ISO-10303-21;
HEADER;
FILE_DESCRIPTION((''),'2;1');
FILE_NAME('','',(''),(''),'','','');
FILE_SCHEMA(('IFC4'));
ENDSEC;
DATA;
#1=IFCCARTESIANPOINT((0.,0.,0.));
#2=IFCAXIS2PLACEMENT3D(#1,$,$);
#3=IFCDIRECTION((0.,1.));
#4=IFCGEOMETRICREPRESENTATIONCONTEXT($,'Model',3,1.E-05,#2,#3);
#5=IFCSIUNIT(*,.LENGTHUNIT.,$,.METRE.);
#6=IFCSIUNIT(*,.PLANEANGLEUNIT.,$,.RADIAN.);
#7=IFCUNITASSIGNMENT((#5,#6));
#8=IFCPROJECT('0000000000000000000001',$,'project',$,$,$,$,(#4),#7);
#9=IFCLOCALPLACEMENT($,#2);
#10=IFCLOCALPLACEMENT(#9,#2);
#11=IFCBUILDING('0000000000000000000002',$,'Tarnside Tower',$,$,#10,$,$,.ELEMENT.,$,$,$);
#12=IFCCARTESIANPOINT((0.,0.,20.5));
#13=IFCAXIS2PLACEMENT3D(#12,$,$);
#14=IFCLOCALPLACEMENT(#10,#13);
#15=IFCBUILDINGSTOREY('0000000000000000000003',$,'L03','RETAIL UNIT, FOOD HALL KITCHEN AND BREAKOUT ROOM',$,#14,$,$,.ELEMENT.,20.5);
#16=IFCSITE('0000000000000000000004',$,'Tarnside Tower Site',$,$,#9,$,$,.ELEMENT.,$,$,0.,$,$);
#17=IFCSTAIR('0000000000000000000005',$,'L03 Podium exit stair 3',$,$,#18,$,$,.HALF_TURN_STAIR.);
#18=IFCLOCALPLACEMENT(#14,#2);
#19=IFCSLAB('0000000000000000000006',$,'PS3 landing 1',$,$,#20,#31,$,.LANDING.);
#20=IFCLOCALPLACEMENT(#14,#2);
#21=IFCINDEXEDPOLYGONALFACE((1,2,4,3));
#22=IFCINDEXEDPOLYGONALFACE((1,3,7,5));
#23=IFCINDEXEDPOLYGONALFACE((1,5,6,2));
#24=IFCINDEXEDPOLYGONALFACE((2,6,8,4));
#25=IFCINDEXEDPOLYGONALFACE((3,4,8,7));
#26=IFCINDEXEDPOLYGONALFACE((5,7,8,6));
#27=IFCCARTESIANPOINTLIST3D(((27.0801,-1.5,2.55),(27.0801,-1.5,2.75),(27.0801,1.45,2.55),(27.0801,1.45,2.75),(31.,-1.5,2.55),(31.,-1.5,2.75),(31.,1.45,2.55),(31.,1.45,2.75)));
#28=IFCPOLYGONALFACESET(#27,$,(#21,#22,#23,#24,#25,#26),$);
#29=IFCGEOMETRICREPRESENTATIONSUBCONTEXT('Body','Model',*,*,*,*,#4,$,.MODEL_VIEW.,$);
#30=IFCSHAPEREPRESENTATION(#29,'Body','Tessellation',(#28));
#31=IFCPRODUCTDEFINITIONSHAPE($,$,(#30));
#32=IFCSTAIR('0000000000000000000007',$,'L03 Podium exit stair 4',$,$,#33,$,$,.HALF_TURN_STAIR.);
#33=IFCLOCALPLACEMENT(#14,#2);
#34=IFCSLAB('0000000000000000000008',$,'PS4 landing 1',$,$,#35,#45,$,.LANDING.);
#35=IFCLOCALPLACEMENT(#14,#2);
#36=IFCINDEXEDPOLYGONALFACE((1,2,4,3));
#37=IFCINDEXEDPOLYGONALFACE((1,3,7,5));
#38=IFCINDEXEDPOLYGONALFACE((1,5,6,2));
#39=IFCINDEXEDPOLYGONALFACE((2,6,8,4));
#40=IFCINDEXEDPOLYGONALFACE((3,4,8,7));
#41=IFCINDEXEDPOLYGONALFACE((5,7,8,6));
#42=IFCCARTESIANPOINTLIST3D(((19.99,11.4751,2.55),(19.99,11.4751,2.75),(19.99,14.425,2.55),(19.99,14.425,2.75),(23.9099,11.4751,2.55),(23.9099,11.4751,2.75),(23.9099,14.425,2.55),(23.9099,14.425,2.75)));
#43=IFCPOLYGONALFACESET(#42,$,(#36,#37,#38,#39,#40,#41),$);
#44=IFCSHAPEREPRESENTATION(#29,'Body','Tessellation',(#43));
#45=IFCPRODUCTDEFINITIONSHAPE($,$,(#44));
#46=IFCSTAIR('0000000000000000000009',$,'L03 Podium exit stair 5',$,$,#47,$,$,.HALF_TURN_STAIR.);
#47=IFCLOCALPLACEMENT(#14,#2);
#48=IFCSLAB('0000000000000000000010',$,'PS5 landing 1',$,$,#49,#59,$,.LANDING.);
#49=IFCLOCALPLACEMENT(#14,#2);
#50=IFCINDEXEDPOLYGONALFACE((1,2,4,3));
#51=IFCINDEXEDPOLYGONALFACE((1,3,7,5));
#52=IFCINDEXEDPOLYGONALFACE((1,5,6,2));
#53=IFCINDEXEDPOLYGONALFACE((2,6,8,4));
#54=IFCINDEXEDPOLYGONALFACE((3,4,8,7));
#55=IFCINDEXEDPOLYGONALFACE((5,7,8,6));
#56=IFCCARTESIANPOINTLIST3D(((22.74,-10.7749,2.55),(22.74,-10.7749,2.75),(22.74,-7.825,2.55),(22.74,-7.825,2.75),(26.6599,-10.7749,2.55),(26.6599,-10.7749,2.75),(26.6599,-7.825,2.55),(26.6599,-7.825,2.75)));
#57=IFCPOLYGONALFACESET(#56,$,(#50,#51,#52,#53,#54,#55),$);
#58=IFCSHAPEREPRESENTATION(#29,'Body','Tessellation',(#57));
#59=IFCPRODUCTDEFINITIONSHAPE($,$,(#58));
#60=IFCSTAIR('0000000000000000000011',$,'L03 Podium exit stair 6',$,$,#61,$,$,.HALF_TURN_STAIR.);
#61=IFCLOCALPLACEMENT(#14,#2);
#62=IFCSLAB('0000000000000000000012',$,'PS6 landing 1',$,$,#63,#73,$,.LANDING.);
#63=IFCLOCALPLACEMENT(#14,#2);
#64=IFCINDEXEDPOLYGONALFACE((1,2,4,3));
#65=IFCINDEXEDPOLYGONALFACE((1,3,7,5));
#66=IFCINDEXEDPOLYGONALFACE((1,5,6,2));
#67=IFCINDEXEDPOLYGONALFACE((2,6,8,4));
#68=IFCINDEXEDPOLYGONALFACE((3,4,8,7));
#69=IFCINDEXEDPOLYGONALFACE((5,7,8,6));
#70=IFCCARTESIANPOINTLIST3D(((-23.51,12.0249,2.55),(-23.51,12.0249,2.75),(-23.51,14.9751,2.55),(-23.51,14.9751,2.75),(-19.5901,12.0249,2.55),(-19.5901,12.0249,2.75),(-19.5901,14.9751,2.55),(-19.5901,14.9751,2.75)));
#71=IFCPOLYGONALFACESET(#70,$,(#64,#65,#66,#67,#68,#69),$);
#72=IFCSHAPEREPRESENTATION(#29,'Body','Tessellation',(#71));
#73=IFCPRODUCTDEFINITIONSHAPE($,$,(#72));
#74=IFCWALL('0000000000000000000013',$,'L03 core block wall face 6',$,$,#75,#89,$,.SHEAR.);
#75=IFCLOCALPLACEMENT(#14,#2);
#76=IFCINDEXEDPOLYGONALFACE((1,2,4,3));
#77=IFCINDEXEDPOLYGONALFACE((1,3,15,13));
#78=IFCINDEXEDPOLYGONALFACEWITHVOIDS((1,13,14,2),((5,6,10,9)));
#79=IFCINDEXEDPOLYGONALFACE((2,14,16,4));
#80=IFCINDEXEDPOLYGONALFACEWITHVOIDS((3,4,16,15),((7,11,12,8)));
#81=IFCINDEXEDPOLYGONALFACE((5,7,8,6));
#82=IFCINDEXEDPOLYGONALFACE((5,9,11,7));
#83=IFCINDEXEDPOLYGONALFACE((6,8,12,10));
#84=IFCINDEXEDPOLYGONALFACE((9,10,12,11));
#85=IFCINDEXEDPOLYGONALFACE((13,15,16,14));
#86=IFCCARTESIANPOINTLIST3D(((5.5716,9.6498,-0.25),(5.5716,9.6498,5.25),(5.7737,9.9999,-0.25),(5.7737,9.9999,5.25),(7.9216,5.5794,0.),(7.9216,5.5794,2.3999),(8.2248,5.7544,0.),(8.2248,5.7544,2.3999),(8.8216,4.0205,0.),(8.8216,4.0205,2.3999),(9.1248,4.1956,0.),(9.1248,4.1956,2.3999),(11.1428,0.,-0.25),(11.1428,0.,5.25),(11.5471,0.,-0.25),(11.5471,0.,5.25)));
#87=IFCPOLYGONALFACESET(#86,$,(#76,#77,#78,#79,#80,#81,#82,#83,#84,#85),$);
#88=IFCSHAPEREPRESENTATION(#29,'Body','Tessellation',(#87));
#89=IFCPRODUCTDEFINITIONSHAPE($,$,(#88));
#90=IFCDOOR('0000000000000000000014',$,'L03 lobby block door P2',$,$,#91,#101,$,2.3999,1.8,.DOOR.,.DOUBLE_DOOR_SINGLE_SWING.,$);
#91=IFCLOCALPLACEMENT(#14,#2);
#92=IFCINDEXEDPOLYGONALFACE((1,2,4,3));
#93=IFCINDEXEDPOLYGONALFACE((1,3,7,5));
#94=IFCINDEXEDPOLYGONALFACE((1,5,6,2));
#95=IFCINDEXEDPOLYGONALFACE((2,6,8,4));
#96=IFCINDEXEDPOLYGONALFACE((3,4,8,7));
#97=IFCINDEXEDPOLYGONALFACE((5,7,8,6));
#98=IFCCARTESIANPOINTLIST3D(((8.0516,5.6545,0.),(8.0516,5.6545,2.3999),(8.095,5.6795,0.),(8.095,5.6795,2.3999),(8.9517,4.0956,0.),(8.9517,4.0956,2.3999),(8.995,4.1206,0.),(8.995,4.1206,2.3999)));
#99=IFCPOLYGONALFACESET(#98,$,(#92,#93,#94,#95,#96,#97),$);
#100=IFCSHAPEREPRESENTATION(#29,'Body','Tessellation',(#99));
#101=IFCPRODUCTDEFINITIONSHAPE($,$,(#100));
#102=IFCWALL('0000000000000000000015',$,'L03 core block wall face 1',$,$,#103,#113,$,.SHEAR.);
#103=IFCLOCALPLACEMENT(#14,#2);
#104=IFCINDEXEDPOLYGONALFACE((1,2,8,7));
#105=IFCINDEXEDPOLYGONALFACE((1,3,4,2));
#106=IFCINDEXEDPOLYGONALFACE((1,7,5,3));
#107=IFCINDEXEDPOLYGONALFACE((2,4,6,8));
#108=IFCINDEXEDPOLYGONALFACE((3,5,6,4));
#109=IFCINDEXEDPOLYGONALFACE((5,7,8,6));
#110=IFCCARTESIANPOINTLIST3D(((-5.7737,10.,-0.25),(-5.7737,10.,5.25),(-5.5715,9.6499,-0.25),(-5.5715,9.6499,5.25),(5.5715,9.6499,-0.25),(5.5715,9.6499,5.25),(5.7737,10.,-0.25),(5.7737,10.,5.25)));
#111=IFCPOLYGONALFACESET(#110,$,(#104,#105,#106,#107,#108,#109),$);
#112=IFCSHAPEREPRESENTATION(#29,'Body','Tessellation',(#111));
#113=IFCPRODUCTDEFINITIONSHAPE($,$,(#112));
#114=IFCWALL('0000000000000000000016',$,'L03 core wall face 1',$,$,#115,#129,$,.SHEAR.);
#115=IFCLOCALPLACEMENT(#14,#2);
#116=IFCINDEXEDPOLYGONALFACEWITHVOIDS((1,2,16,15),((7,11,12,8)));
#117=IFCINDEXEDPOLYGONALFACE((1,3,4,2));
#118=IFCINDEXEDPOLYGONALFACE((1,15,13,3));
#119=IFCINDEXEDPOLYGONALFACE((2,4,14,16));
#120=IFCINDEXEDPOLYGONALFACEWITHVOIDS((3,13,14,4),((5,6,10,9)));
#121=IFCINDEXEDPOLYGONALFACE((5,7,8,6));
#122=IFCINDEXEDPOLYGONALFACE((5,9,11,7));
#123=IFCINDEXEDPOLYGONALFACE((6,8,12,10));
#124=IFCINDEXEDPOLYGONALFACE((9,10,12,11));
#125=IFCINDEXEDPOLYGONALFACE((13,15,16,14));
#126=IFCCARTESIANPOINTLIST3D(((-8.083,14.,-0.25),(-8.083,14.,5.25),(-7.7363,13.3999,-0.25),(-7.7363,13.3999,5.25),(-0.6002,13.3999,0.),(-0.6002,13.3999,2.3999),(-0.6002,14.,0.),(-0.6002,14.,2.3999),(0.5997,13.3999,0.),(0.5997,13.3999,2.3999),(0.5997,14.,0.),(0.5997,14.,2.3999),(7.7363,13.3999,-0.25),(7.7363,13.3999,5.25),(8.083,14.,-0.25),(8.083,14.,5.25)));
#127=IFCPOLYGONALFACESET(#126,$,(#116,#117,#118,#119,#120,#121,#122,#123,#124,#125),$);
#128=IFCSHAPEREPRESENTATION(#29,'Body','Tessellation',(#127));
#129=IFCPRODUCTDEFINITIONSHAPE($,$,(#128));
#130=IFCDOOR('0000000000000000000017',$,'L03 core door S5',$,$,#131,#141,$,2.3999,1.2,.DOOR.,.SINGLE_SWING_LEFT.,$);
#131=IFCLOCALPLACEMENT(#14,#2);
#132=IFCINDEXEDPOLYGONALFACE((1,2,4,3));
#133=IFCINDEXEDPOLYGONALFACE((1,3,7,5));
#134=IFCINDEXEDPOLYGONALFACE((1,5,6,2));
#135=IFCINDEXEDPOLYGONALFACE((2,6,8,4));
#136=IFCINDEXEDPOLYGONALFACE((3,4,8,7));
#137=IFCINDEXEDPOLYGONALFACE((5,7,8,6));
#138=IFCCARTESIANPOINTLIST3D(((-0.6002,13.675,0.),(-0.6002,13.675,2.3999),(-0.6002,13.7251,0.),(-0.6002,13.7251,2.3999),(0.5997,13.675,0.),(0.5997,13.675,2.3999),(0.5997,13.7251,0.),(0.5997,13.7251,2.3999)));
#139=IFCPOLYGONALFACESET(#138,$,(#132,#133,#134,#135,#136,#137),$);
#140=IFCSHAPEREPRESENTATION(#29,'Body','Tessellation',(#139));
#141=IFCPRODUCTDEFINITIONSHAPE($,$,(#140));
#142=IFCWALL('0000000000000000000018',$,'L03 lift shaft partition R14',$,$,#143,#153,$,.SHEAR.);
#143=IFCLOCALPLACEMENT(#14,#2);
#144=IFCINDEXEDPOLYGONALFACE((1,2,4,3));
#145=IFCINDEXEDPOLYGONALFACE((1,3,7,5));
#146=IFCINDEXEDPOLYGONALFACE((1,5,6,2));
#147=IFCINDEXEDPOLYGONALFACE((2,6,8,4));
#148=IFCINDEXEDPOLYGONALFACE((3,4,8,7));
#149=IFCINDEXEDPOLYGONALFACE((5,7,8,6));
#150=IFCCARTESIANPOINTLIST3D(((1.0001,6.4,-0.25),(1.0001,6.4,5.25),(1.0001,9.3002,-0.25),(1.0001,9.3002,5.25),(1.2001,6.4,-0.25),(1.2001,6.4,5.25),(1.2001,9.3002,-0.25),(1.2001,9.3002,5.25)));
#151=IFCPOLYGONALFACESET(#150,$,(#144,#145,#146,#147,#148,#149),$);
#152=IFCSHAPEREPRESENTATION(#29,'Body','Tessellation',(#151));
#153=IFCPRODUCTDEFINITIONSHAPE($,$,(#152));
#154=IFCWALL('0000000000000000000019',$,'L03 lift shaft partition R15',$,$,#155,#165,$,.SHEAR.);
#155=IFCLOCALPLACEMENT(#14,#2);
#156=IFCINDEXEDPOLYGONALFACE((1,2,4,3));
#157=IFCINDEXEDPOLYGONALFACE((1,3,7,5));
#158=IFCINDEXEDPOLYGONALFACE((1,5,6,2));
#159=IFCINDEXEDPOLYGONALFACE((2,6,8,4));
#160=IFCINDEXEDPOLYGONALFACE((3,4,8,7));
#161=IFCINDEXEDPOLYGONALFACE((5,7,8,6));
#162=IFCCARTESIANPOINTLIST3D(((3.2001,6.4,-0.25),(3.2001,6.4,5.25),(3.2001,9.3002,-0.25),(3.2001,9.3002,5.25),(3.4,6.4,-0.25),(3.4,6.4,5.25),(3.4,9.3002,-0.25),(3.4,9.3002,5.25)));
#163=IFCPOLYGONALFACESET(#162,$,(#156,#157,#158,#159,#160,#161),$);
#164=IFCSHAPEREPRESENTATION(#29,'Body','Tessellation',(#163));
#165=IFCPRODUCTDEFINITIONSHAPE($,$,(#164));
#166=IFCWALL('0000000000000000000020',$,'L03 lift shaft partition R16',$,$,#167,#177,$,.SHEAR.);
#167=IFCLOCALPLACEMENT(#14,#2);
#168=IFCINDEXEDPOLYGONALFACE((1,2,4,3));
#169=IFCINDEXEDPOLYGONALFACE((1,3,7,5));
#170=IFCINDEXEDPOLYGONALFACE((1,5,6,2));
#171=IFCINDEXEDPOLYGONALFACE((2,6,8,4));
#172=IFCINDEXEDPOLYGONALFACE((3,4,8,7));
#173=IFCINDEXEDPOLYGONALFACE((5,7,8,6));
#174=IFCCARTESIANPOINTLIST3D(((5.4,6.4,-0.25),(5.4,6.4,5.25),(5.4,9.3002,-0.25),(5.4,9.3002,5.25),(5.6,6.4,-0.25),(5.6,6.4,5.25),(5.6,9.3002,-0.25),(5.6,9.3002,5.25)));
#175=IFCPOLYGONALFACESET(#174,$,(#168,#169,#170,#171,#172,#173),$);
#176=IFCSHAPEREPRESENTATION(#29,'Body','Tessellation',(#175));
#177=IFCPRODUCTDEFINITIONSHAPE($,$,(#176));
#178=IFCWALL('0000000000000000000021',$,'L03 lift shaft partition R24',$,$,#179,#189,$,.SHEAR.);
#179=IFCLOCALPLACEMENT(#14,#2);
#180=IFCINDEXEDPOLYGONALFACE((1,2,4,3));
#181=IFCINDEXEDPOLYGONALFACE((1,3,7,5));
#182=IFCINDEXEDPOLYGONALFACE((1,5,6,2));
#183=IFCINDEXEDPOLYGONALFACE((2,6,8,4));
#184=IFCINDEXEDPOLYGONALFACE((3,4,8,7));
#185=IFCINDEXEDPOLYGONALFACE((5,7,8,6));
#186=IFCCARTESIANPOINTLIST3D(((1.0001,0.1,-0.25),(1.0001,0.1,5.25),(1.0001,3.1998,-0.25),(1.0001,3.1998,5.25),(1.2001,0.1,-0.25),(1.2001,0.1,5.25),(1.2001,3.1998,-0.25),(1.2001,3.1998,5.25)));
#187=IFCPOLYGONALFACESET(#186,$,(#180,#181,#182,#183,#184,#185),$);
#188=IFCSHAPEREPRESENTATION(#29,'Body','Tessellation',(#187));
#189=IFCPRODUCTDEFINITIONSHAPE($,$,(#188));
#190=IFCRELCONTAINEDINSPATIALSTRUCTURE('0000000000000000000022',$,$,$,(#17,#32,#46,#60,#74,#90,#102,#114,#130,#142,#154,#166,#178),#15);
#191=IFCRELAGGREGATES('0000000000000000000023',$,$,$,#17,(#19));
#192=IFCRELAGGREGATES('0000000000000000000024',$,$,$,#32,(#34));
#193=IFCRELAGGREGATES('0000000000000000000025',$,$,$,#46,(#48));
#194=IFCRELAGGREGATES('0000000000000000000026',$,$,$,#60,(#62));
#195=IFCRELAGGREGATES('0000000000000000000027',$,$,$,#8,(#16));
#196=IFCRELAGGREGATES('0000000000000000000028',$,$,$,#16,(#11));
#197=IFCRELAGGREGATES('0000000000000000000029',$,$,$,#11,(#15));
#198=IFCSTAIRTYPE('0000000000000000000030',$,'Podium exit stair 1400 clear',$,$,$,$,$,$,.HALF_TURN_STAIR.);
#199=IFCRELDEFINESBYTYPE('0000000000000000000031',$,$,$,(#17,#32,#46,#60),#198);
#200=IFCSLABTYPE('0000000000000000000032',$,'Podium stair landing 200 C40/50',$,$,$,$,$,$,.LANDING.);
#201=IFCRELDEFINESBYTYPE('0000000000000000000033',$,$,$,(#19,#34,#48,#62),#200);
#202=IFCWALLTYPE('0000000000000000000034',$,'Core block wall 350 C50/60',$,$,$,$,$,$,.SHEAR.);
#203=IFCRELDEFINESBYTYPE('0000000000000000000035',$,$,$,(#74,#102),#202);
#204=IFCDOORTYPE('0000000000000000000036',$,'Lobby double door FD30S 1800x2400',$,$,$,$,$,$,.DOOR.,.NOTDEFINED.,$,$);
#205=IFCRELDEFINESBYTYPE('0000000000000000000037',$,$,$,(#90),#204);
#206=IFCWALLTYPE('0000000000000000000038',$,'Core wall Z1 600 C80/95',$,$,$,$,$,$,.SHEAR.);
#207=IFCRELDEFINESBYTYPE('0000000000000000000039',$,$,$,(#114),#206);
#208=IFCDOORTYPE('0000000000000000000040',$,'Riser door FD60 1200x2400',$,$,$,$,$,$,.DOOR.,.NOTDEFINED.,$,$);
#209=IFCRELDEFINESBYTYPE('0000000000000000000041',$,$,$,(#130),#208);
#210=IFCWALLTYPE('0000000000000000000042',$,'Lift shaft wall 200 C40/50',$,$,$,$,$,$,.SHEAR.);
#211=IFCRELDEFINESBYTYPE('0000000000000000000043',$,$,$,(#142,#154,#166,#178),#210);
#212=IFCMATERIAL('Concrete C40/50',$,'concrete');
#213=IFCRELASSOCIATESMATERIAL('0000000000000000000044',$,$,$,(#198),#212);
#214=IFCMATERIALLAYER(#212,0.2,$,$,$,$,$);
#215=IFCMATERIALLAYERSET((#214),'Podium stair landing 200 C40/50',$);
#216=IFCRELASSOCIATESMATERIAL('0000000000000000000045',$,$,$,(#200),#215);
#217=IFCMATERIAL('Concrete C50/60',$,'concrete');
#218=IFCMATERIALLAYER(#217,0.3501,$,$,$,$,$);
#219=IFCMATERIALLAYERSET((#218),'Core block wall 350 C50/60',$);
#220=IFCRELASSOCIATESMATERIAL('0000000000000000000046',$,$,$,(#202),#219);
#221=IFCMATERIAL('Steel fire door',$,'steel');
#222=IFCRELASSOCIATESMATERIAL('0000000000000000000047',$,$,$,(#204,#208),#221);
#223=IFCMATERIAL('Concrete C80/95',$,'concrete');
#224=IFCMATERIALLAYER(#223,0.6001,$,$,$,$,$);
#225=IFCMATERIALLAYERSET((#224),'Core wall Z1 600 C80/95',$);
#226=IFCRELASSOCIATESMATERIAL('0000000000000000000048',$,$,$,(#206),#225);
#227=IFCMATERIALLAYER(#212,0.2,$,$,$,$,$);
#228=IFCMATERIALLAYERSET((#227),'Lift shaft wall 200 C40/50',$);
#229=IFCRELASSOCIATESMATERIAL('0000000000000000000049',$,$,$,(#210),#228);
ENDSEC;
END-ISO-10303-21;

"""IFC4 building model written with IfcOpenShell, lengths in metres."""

from ifc_helpers import new_model, si_unit, direction, frame, frame_2d, origin, place, context, subcontext, project, spatial, polyline, rectangle, outline, extrude, material, layer, layer_set, type_object, element, fill, aggregate, save


model = new_model("IFC4")

# Units and contexts
model_context = context("Model", 3, precision=1e-05, world=origin(), true_north=direction((0.0, 1.0)))
body_context = subcontext(model_context, "Body", "Model", "MODEL_VIEW")
ifc_project = project(units=[si_unit("LENGTHUNIT", "METRE"), si_unit("PLANEANGLEUNIT", "RADIAN")], contexts=[model_context])

# Site, building, storey
site_placement = place(None, origin())
site = spatial("IfcSite", under=ifc_project, at=site_placement, Name="Tarnside Tower Site", CompositionType="ELEMENT", RefElevation=0.0)
building_placement = place(site_placement, origin())
building = spatial("IfcBuilding", under=site, at=building_placement, Name="Tarnside Tower", CompositionType="ELEMENT")
storey_placement = place(building_placement, frame((0.0, 0.0, 20.5)))
storey = spatial("IfcBuildingStorey", under=building, at=storey_placement, Name="L03", Description="RETAIL UNIT, FOOD HALL KITCHEN AND BREAKOUT ROOM", CompositionType="ELEMENT", Elevation=20.5)

# Stairs, slabs
ifc_material_1 = material(Name="Concrete C40/50", Category="concrete")
stair_type_1 = type_object("IfcStairType", Name="Podium exit stair 1400 clear", PredefinedType="HALF_TURN_STAIR", material=ifc_material_1)
stair_1_placement = place(storey_placement, origin())
stair_1 = element("IfcStair", 1, at=stair_1_placement, inside=storey, type_object=stair_type_1, Name="L03 Podium exit stair 3", PredefinedType="HALF_TURN_STAIR")
ifc_layer_1 = layer(ifc_material_1, 0.2)
ifc_layer_set_1 = layer_set([ifc_layer_1], Name="Podium stair landing 200 C40/50")
slab_type = type_object("IfcSlabType", Name="Podium stair landing 200 C40/50", PredefinedType="LANDING", material=ifc_layer_set_1)
slab_1_placement = place(storey_placement, frame((0.0, 0.0, 2.55)))
slab_1 = element("IfcSlab", 2, at=slab_1_placement, type_object=slab_type, Name="PS3 landing 1", PredefinedType="LANDING", context=body_context, shape_type="SweptSolid", body=[
    extrude(outline(polyline([(27.0801, -1.5), (31.0, -1.5), (31.0, 1.45), (27.0801, 1.45), (27.0801, -1.5)])), origin(), (0.0, 0.0, 1.0), 0.2),
])
aggregate(stair_1, [slab_1])
stair_2_placement = place(storey_placement, origin())
stair_2 = element("IfcStair", 3, at=stair_2_placement, inside=storey, type_object=stair_type_1, Name="L03 Podium exit stair 4", PredefinedType="HALF_TURN_STAIR")
slab_2_placement = place(storey_placement, frame((0.0, 0.0, 2.55)))
slab_2 = element("IfcSlab", 4, at=slab_2_placement, type_object=slab_type, Name="PS4 landing 1", PredefinedType="LANDING", context=body_context, shape_type="SweptSolid", body=[
    extrude(outline(polyline([(19.99, 11.4751), (23.9099, 11.4751), (23.9099, 14.425), (19.99, 14.425), (19.99, 11.4751)])), origin(), (0.0, 0.0, 1.0), 0.2),
])
aggregate(stair_2, [slab_2])
stair_3_placement = place(storey_placement, origin())
stair_3 = element("IfcStair", 5, at=stair_3_placement, inside=storey, type_object=stair_type_1, Name="L03 Podium exit stair 5", PredefinedType="HALF_TURN_STAIR")
slab_3_placement = place(storey_placement, frame((0.0, 0.0, 2.55)))
slab_3 = element("IfcSlab", 6, at=slab_3_placement, type_object=slab_type, Name="PS5 landing 1", PredefinedType="LANDING", context=body_context, shape_type="SweptSolid", body=[
    extrude(outline(polyline([(22.74, -10.7749), (26.6599, -10.7749), (26.6599, -7.825), (22.74, -7.825), (22.74, -10.7749)])), origin(), (0.0, 0.0, 1.0), 0.2),
])
aggregate(stair_3, [slab_3])
stair_4_placement = place(storey_placement, origin())
stair_4 = element("IfcStair", 7, at=stair_4_placement, inside=storey, type_object=stair_type_1, Name="L03 Podium exit stair 6", PredefinedType="HALF_TURN_STAIR")
slab_4_placement = place(storey_placement, frame((0.0, 0.0, 2.55)))
slab_4 = element("IfcSlab", 8, at=slab_4_placement, type_object=slab_type, Name="PS6 landing 1", PredefinedType="LANDING", context=body_context, shape_type="SweptSolid", body=[
    extrude(outline(polyline([(-19.5901, 14.9751), (-23.51, 14.9751), (-23.51, 12.0249), (-19.5901, 12.0249), (-19.5901, 14.9751)])), origin(), (0.0, 0.0, 1.0), 0.2),
])
aggregate(stair_4, [slab_4])

# Wall, opening, door
ifc_material_2 = material(Name="Concrete C50/60", Category="concrete")
ifc_layer_2 = layer(ifc_material_2, 0.3501)
ifc_layer_set_2 = layer_set([ifc_layer_2], Name="Core block wall 350 C50/60")
wall_type_1 = type_object("IfcWallType", Name="Core block wall 350 C50/60", PredefinedType="SHEAR", material=ifc_layer_set_2)
wall_1_placement = place(storey_placement, frame((11.345, 0.0, -0.25), z_axis=(0.0, 0.0, 1.0), x_axis=(-0.499995, 0.866028, 0.0)))
wall_1 = element("IfcWall", 9, at=wall_1_placement, inside=storey, type_object=wall_type_1, Name="L03 core block wall face 6", PredefinedType="SHEAR", context=body_context, shape_type="SweptSolid", body=[
    extrude(outline(polyline([(-0.1011, -0.175), (11.4458, -0.175), (11.2437, 0.175), (0.1011, 0.175), (-0.1011, -0.175)])), origin(), (0.0, 0.0, 1.0), 5.5),
])
opening_1_placement = place(wall_1_placement, frame((4.7437, 0.0, 0.25)))
opening_1 = element("IfcOpeningElement", 10, at=opening_1_placement, cuts=wall_1, PredefinedType="OPENING", context=body_context, shape_type="SweptSolid", body=[
    extrude(rectangle(XDim=1.8, YDim=2.3999, at=frame_2d((0.8999, 1.2))), frame((0.0, 0.1851, 0.0), z_axis=(0.0, -1.0, 0.0), x_axis=(1.0, 0.0, 0.0)), (0.0, 0.0, 1.0), 0.3701),
])
ifc_material_3 = material(Name="Steel fire door", Category="steel")
door_type_1 = type_object("IfcDoorType", Name="Lobby double door FD30S 1800x2400", OperationType="NOTDEFINED", PredefinedType="DOOR", material=ifc_material_3)
door_1_placement = place(opening_1_placement, origin())
door_1 = element("IfcDoor", 11, at=door_1_placement, inside=storey, type_object=door_type_1, Name="L03 lobby block door P2", OperationType="DOUBLE_DOOR_SINGLE_SWING", OverallHeight=2.3999, OverallWidth=1.8, PredefinedType="DOOR", context=body_context, shape_type="SweptSolid", body=[
    extrude(rectangle(XDim=1.8, YDim=2.3999, at=frame_2d((0.8999, 1.2))), frame((0.0, 0.0249, 0.0), z_axis=(0.0, -1.0, 0.0), x_axis=(1.0, 0.0, 0.0)), (0.0, 0.0, 1.0), 0.05),
])
fill(opening_1, door_1)

# Wall
wall_2_placement = place(storey_placement, frame((5.6726, 9.825, -0.25), z_axis=(0.0, 0.0, 1.0), x_axis=(-1.0, 0.0, 0.0)))
element("IfcWall", 12, at=wall_2_placement, inside=storey, type_object=wall_type_1, Name="L03 core block wall face 1", PredefinedType="SHEAR", context=body_context, shape_type="SweptSolid", body=[
    extrude(outline(polyline([(-0.1011, -0.175), (11.4463, -0.175), (11.2441, 0.175), (0.1011, 0.175), (-0.1011, -0.175)])), origin(), (0.0, 0.0, 1.0), 5.5),
])

# Wall, opening, door
ifc_material_4 = material(Name="Concrete C80/95", Category="concrete")
ifc_layer_3 = layer(ifc_material_4, 0.6001)
ifc_layer_set_3 = layer_set([ifc_layer_3], Name="Core wall Z1 600 C80/95")
wall_type_2 = type_object("IfcWallType", Name="Core wall Z1 600 C80/95", PredefinedType="SHEAR", material=ifc_layer_set_3)
wall_3_placement = place(storey_placement, frame((7.9097, 13.7, -0.25), z_axis=(0.0, 0.0, 1.0), x_axis=(-1.0, 0.0, 0.0)))
wall_3 = element("IfcWall", 13, at=wall_3_placement, inside=storey, type_object=wall_type_2, Name="L03 core wall face 1", PredefinedType="SHEAR", context=body_context, shape_type="SweptSolid", body=[
    extrude(outline(polyline([(-0.1733, -0.3), (15.9927, -0.3), (15.646, 0.3), (0.1733, 0.3), (-0.1733, -0.3)])), origin(), (0.0, 0.0, 1.0), 5.5),
])
opening_2_placement = place(wall_3_placement, frame((7.3098, 0.0, 0.25)))
opening_2 = element("IfcOpeningElement", 14, at=opening_2_placement, cuts=wall_3, PredefinedType="OPENING", context=body_context, shape_type="SweptSolid", body=[
    extrude(rectangle(XDim=1.2, YDim=2.3999, at=frame_2d((0.6001, 1.2))), frame((0.0, 0.3101, 0.0), z_axis=(0.0, -1.0, 0.0), x_axis=(1.0, 0.0, 0.0)), (0.0, 0.0, 1.0), 0.6201),
])
door_type_2 = type_object("IfcDoorType", Name="Riser door FD60 1200x2400", OperationType="NOTDEFINED", PredefinedType="DOOR", material=ifc_material_3)
door_2_placement = place(opening_2_placement, origin())
door_2 = element("IfcDoor", 15, at=door_2_placement, inside=storey, type_object=door_type_2, Name="L03 core door S5", OperationType="SINGLE_SWING_LEFT", OverallHeight=2.3999, OverallWidth=1.2, PredefinedType="DOOR", context=body_context, shape_type="SweptSolid", body=[
    extrude(rectangle(XDim=1.2, YDim=2.3999, at=frame_2d((0.6001, 1.2))), frame((0.0, 0.0249, 0.0), z_axis=(0.0, -1.0, 0.0), x_axis=(1.0, 0.0, 0.0)), (0.0, 0.0, 1.0), 0.05),
])
fill(opening_2, door_2)

# Walls
ifc_layer_4 = layer(ifc_material_1, 0.2)
ifc_layer_set_4 = layer_set([ifc_layer_4], Name="Lift shaft wall 200 C40/50")
wall_type_3 = type_object("IfcWallType", Name="Lift shaft wall 200 C40/50", PredefinedType="SHEAR", material=ifc_layer_set_4)
for number, where, z_axis, x_axis, name in (
    (16, (1.1001, 6.3999, -0.25), (0.0, 0.0, 1.0), (0.0, 1.0, 0.0), "L03 lift shaft partition R14"),
    (17, (3.3, 6.3999, -0.25), (0.0, 0.0, 1.0), (0.0, 1.0, 0.0), "L03 lift shaft partition R15"),
    (18, (5.5, 6.3999, -0.25), (0.0, 0.0, 1.0), (0.0, 1.0, 0.0), "L03 lift shaft partition R16"),
):
    element("IfcWall", number, at=place(storey_placement, frame(where, z_axis=z_axis, x_axis=x_axis)), inside=storey, type_object=wall_type_3, Name=name, PredefinedType="SHEAR", context=body_context, shape_type="SweptSolid", body=[
        extrude(rectangle(XDim=2.9001, YDim=0.2, at=frame_2d((1.4502, 0.0))), origin(), (0.0, 0.0, 1.0), 5.5),
    ])
for number, where, z_axis, x_axis, name in (
    (19, (1.1001, 0.1001, -0.25), (0.0, 0.0, 1.0), (0.0, 1.0, 0.0), "L03 lift shaft partition R24"),
):
    element("IfcWall", number, at=place(storey_placement, frame(where, z_axis=z_axis, x_axis=x_axis)), inside=storey, type_object=wall_type_3, Name=name, PredefinedType="SHEAR", context=body_context, shape_type="SweptSolid", body=[
        extrude(rectangle(XDim=3.0999, YDim=0.2, at=frame_2d((1.5498, 0.0))), origin(), (0.0, 0.0, 1.0), 5.5),
    ])

save(model, "model.ifc")
